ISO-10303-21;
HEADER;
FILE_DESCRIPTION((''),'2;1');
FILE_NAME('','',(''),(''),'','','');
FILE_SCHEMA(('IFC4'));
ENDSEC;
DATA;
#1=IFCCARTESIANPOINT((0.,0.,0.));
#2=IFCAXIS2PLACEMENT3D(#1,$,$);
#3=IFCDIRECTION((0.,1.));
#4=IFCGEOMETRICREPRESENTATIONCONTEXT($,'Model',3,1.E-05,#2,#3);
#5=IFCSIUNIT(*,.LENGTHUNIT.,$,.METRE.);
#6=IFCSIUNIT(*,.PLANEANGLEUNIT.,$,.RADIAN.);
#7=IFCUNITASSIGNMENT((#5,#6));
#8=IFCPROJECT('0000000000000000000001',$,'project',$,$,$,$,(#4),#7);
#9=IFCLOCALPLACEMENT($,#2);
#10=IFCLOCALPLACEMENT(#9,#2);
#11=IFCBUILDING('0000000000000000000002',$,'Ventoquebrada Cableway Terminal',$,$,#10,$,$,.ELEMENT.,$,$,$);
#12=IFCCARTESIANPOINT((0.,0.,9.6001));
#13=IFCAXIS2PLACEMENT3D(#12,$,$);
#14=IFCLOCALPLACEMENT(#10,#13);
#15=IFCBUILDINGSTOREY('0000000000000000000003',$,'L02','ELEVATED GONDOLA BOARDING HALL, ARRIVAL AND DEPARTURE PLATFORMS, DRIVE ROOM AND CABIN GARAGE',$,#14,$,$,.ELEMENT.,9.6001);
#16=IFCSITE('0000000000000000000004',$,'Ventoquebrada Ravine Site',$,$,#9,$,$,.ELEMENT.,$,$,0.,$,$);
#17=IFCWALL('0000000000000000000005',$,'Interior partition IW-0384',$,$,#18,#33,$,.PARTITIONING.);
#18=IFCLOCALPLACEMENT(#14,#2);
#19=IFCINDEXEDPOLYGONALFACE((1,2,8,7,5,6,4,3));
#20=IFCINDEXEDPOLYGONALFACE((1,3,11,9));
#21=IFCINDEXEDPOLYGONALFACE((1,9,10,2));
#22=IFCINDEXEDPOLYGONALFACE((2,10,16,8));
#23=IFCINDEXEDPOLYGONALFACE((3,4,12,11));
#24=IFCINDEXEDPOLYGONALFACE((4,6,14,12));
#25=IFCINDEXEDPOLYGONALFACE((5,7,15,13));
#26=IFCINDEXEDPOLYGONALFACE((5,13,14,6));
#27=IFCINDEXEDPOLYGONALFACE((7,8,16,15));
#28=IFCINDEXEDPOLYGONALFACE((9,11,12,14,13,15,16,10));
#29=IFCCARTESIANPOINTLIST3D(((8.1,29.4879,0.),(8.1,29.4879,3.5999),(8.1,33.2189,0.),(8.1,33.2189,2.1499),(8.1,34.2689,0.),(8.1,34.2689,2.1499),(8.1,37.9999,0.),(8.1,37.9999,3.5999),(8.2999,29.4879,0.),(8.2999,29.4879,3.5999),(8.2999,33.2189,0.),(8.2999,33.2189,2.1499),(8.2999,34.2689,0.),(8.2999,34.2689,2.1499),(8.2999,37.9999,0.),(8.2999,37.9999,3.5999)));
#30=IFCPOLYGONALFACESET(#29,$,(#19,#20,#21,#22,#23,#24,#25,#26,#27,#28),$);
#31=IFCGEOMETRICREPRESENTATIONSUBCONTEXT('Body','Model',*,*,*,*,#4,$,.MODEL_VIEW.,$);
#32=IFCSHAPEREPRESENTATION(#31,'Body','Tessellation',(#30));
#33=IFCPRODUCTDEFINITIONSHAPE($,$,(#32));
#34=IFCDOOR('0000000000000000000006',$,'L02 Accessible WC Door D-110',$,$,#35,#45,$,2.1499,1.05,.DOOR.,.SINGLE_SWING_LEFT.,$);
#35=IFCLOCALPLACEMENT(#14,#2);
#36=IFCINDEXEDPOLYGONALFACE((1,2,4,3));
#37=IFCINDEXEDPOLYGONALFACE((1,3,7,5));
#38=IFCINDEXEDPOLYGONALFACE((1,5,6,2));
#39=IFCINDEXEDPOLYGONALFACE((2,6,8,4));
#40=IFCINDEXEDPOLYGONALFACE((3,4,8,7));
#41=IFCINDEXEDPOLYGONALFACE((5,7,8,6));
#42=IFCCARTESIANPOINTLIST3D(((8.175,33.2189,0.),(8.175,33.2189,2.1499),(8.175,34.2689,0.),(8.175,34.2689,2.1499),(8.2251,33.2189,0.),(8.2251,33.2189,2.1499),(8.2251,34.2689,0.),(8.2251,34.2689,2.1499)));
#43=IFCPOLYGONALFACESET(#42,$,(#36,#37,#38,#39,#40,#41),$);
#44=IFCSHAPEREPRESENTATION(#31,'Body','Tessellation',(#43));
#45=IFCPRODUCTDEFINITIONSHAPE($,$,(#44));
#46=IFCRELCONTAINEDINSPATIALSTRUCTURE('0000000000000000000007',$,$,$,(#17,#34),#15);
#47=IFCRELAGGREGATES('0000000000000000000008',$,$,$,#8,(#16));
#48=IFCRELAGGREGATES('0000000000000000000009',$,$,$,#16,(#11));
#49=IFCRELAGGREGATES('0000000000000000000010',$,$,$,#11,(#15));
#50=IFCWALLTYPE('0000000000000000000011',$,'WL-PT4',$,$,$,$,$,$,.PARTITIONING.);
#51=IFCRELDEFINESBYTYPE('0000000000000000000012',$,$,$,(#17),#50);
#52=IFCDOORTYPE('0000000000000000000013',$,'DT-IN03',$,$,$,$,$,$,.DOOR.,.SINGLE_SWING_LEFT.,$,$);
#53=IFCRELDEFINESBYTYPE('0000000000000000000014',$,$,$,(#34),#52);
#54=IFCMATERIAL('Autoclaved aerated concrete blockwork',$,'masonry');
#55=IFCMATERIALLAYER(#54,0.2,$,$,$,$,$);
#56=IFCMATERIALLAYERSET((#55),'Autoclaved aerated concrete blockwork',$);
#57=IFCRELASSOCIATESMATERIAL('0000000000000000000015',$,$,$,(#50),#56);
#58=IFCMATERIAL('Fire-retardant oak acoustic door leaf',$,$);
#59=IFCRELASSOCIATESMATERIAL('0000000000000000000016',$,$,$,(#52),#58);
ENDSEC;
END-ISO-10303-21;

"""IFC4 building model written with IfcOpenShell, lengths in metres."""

from ifc_helpers import new_model, si_unit, direction, frame, frame_2d, origin, place, context, subcontext, project, spatial, rectangle, extrude, material, layer, layer_set, type_object, element, fill, save


model = new_model("IFC4")

# Units and contexts
model_context = context("Model", 3, precision=1e-05, world=origin(), true_north=direction((0.0, 1.0)))
body_context = subcontext(model_context, "Body", "Model", "MODEL_VIEW")
ifc_project = project(units=[si_unit("LENGTHUNIT", "METRE"), si_unit("PLANEANGLEUNIT", "RADIAN")], contexts=[model_context])

# Site, building, storey
site_placement = place(None, origin())
site = spatial("IfcSite", under=ifc_project, at=site_placement, Name="Ventoquebrada Ravine Site", CompositionType="ELEMENT", RefElevation=0.0)
building_placement = place(site_placement, origin())
building = spatial("IfcBuilding", under=site, at=building_placement, Name="Ventoquebrada Cableway Terminal", CompositionType="ELEMENT")
storey_placement = place(building_placement, frame((0.0, 0.0, 9.6001)))
storey = spatial("IfcBuildingStorey", under=building, at=storey_placement, Name="L02", Description="ELEVATED GONDOLA BOARDING HALL, ARRIVAL AND DEPARTURE PLATFORMS, DRIVE ROOM AND CABIN GARAGE", CompositionType="ELEMENT", Elevation=9.6001)

# Wall, opening, door
ifc_material_1 = material(Name="Fire-retardant oak acoustic door leaf")
ifc_material_2 = material(Name="Autoclaved aerated concrete blockwork", Category="masonry")
ifc_layer_1 = layer(ifc_material_2, 0.2)
ifc_layer_set_1 = layer_set([ifc_layer_1], Name="Autoclaved aerated concrete blockwork")
wall_type_1 = type_object("IfcWallType", Name="WL-PT4", PredefinedType="PARTITIONING", material=ifc_layer_set_1)
wall_1_placement = place(storey_placement, frame((8.2, 29.488, 0.0), z_axis=(0.0, 0.0, 1.0), x_axis=(0.0, 1.0, 0.0)))
wall_1 = element("IfcWall", 1, at=wall_1_placement, inside=storey, type_object=wall_type_1, Name="Interior partition IW-0384", PredefinedType="PARTITIONING", context=body_context, shape_type="SweptSolid", body=[
    extrude(rectangle(XDim=8.512, YDim=0.2, at=frame_2d((4.2559, 0.0))), origin(), (0.0, 0.0, 1.0), 3.5999),
])
opening_1_placement = place(wall_1_placement, frame((3.731, 0.0, 0.0)))
opening_1 = element("IfcOpeningElement", 2, at=opening_1_placement, cuts=wall_1, PredefinedType="OPENING", context=body_context, shape_type="SweptSolid", body=[
    extrude(rectangle(XDim=1.05, YDim=2.1499, at=frame_2d((0.5249, 1.075))), frame((0.0, 0.1099, 0.0), z_axis=(0.0, -1.0, 0.0), x_axis=(1.0, 0.0, 0.0)), (0.0, 0.0, 1.0), 0.22),
])
door_type_1 = type_object("IfcDoorType", Name="DT-IN03", OperationType="SINGLE_SWING_LEFT", PredefinedType="DOOR", material=ifc_material_1)
door_1_placement = place(opening_1_placement, origin())
door_1 = element("IfcDoor", 3, at=door_1_placement, inside=storey, type_object=door_type_1, Name="L02 Accessible WC Door D-110", OperationType="SINGLE_SWING_LEFT", OverallHeight=2.1499, OverallWidth=1.05, PredefinedType="DOOR", context=body_context, shape_type="SweptSolid", body=[
    extrude(rectangle(XDim=1.05, YDim=2.1499, at=frame_2d((0.5249, 1.075))), frame((0.0, 0.0249, 0.0), z_axis=(0.0, -1.0, 0.0), x_axis=(1.0, 0.0, 0.0)), (0.0, 0.0, 1.0), 0.05),
])
fill(opening_1, door_1)

save(model, "model.ifc")
